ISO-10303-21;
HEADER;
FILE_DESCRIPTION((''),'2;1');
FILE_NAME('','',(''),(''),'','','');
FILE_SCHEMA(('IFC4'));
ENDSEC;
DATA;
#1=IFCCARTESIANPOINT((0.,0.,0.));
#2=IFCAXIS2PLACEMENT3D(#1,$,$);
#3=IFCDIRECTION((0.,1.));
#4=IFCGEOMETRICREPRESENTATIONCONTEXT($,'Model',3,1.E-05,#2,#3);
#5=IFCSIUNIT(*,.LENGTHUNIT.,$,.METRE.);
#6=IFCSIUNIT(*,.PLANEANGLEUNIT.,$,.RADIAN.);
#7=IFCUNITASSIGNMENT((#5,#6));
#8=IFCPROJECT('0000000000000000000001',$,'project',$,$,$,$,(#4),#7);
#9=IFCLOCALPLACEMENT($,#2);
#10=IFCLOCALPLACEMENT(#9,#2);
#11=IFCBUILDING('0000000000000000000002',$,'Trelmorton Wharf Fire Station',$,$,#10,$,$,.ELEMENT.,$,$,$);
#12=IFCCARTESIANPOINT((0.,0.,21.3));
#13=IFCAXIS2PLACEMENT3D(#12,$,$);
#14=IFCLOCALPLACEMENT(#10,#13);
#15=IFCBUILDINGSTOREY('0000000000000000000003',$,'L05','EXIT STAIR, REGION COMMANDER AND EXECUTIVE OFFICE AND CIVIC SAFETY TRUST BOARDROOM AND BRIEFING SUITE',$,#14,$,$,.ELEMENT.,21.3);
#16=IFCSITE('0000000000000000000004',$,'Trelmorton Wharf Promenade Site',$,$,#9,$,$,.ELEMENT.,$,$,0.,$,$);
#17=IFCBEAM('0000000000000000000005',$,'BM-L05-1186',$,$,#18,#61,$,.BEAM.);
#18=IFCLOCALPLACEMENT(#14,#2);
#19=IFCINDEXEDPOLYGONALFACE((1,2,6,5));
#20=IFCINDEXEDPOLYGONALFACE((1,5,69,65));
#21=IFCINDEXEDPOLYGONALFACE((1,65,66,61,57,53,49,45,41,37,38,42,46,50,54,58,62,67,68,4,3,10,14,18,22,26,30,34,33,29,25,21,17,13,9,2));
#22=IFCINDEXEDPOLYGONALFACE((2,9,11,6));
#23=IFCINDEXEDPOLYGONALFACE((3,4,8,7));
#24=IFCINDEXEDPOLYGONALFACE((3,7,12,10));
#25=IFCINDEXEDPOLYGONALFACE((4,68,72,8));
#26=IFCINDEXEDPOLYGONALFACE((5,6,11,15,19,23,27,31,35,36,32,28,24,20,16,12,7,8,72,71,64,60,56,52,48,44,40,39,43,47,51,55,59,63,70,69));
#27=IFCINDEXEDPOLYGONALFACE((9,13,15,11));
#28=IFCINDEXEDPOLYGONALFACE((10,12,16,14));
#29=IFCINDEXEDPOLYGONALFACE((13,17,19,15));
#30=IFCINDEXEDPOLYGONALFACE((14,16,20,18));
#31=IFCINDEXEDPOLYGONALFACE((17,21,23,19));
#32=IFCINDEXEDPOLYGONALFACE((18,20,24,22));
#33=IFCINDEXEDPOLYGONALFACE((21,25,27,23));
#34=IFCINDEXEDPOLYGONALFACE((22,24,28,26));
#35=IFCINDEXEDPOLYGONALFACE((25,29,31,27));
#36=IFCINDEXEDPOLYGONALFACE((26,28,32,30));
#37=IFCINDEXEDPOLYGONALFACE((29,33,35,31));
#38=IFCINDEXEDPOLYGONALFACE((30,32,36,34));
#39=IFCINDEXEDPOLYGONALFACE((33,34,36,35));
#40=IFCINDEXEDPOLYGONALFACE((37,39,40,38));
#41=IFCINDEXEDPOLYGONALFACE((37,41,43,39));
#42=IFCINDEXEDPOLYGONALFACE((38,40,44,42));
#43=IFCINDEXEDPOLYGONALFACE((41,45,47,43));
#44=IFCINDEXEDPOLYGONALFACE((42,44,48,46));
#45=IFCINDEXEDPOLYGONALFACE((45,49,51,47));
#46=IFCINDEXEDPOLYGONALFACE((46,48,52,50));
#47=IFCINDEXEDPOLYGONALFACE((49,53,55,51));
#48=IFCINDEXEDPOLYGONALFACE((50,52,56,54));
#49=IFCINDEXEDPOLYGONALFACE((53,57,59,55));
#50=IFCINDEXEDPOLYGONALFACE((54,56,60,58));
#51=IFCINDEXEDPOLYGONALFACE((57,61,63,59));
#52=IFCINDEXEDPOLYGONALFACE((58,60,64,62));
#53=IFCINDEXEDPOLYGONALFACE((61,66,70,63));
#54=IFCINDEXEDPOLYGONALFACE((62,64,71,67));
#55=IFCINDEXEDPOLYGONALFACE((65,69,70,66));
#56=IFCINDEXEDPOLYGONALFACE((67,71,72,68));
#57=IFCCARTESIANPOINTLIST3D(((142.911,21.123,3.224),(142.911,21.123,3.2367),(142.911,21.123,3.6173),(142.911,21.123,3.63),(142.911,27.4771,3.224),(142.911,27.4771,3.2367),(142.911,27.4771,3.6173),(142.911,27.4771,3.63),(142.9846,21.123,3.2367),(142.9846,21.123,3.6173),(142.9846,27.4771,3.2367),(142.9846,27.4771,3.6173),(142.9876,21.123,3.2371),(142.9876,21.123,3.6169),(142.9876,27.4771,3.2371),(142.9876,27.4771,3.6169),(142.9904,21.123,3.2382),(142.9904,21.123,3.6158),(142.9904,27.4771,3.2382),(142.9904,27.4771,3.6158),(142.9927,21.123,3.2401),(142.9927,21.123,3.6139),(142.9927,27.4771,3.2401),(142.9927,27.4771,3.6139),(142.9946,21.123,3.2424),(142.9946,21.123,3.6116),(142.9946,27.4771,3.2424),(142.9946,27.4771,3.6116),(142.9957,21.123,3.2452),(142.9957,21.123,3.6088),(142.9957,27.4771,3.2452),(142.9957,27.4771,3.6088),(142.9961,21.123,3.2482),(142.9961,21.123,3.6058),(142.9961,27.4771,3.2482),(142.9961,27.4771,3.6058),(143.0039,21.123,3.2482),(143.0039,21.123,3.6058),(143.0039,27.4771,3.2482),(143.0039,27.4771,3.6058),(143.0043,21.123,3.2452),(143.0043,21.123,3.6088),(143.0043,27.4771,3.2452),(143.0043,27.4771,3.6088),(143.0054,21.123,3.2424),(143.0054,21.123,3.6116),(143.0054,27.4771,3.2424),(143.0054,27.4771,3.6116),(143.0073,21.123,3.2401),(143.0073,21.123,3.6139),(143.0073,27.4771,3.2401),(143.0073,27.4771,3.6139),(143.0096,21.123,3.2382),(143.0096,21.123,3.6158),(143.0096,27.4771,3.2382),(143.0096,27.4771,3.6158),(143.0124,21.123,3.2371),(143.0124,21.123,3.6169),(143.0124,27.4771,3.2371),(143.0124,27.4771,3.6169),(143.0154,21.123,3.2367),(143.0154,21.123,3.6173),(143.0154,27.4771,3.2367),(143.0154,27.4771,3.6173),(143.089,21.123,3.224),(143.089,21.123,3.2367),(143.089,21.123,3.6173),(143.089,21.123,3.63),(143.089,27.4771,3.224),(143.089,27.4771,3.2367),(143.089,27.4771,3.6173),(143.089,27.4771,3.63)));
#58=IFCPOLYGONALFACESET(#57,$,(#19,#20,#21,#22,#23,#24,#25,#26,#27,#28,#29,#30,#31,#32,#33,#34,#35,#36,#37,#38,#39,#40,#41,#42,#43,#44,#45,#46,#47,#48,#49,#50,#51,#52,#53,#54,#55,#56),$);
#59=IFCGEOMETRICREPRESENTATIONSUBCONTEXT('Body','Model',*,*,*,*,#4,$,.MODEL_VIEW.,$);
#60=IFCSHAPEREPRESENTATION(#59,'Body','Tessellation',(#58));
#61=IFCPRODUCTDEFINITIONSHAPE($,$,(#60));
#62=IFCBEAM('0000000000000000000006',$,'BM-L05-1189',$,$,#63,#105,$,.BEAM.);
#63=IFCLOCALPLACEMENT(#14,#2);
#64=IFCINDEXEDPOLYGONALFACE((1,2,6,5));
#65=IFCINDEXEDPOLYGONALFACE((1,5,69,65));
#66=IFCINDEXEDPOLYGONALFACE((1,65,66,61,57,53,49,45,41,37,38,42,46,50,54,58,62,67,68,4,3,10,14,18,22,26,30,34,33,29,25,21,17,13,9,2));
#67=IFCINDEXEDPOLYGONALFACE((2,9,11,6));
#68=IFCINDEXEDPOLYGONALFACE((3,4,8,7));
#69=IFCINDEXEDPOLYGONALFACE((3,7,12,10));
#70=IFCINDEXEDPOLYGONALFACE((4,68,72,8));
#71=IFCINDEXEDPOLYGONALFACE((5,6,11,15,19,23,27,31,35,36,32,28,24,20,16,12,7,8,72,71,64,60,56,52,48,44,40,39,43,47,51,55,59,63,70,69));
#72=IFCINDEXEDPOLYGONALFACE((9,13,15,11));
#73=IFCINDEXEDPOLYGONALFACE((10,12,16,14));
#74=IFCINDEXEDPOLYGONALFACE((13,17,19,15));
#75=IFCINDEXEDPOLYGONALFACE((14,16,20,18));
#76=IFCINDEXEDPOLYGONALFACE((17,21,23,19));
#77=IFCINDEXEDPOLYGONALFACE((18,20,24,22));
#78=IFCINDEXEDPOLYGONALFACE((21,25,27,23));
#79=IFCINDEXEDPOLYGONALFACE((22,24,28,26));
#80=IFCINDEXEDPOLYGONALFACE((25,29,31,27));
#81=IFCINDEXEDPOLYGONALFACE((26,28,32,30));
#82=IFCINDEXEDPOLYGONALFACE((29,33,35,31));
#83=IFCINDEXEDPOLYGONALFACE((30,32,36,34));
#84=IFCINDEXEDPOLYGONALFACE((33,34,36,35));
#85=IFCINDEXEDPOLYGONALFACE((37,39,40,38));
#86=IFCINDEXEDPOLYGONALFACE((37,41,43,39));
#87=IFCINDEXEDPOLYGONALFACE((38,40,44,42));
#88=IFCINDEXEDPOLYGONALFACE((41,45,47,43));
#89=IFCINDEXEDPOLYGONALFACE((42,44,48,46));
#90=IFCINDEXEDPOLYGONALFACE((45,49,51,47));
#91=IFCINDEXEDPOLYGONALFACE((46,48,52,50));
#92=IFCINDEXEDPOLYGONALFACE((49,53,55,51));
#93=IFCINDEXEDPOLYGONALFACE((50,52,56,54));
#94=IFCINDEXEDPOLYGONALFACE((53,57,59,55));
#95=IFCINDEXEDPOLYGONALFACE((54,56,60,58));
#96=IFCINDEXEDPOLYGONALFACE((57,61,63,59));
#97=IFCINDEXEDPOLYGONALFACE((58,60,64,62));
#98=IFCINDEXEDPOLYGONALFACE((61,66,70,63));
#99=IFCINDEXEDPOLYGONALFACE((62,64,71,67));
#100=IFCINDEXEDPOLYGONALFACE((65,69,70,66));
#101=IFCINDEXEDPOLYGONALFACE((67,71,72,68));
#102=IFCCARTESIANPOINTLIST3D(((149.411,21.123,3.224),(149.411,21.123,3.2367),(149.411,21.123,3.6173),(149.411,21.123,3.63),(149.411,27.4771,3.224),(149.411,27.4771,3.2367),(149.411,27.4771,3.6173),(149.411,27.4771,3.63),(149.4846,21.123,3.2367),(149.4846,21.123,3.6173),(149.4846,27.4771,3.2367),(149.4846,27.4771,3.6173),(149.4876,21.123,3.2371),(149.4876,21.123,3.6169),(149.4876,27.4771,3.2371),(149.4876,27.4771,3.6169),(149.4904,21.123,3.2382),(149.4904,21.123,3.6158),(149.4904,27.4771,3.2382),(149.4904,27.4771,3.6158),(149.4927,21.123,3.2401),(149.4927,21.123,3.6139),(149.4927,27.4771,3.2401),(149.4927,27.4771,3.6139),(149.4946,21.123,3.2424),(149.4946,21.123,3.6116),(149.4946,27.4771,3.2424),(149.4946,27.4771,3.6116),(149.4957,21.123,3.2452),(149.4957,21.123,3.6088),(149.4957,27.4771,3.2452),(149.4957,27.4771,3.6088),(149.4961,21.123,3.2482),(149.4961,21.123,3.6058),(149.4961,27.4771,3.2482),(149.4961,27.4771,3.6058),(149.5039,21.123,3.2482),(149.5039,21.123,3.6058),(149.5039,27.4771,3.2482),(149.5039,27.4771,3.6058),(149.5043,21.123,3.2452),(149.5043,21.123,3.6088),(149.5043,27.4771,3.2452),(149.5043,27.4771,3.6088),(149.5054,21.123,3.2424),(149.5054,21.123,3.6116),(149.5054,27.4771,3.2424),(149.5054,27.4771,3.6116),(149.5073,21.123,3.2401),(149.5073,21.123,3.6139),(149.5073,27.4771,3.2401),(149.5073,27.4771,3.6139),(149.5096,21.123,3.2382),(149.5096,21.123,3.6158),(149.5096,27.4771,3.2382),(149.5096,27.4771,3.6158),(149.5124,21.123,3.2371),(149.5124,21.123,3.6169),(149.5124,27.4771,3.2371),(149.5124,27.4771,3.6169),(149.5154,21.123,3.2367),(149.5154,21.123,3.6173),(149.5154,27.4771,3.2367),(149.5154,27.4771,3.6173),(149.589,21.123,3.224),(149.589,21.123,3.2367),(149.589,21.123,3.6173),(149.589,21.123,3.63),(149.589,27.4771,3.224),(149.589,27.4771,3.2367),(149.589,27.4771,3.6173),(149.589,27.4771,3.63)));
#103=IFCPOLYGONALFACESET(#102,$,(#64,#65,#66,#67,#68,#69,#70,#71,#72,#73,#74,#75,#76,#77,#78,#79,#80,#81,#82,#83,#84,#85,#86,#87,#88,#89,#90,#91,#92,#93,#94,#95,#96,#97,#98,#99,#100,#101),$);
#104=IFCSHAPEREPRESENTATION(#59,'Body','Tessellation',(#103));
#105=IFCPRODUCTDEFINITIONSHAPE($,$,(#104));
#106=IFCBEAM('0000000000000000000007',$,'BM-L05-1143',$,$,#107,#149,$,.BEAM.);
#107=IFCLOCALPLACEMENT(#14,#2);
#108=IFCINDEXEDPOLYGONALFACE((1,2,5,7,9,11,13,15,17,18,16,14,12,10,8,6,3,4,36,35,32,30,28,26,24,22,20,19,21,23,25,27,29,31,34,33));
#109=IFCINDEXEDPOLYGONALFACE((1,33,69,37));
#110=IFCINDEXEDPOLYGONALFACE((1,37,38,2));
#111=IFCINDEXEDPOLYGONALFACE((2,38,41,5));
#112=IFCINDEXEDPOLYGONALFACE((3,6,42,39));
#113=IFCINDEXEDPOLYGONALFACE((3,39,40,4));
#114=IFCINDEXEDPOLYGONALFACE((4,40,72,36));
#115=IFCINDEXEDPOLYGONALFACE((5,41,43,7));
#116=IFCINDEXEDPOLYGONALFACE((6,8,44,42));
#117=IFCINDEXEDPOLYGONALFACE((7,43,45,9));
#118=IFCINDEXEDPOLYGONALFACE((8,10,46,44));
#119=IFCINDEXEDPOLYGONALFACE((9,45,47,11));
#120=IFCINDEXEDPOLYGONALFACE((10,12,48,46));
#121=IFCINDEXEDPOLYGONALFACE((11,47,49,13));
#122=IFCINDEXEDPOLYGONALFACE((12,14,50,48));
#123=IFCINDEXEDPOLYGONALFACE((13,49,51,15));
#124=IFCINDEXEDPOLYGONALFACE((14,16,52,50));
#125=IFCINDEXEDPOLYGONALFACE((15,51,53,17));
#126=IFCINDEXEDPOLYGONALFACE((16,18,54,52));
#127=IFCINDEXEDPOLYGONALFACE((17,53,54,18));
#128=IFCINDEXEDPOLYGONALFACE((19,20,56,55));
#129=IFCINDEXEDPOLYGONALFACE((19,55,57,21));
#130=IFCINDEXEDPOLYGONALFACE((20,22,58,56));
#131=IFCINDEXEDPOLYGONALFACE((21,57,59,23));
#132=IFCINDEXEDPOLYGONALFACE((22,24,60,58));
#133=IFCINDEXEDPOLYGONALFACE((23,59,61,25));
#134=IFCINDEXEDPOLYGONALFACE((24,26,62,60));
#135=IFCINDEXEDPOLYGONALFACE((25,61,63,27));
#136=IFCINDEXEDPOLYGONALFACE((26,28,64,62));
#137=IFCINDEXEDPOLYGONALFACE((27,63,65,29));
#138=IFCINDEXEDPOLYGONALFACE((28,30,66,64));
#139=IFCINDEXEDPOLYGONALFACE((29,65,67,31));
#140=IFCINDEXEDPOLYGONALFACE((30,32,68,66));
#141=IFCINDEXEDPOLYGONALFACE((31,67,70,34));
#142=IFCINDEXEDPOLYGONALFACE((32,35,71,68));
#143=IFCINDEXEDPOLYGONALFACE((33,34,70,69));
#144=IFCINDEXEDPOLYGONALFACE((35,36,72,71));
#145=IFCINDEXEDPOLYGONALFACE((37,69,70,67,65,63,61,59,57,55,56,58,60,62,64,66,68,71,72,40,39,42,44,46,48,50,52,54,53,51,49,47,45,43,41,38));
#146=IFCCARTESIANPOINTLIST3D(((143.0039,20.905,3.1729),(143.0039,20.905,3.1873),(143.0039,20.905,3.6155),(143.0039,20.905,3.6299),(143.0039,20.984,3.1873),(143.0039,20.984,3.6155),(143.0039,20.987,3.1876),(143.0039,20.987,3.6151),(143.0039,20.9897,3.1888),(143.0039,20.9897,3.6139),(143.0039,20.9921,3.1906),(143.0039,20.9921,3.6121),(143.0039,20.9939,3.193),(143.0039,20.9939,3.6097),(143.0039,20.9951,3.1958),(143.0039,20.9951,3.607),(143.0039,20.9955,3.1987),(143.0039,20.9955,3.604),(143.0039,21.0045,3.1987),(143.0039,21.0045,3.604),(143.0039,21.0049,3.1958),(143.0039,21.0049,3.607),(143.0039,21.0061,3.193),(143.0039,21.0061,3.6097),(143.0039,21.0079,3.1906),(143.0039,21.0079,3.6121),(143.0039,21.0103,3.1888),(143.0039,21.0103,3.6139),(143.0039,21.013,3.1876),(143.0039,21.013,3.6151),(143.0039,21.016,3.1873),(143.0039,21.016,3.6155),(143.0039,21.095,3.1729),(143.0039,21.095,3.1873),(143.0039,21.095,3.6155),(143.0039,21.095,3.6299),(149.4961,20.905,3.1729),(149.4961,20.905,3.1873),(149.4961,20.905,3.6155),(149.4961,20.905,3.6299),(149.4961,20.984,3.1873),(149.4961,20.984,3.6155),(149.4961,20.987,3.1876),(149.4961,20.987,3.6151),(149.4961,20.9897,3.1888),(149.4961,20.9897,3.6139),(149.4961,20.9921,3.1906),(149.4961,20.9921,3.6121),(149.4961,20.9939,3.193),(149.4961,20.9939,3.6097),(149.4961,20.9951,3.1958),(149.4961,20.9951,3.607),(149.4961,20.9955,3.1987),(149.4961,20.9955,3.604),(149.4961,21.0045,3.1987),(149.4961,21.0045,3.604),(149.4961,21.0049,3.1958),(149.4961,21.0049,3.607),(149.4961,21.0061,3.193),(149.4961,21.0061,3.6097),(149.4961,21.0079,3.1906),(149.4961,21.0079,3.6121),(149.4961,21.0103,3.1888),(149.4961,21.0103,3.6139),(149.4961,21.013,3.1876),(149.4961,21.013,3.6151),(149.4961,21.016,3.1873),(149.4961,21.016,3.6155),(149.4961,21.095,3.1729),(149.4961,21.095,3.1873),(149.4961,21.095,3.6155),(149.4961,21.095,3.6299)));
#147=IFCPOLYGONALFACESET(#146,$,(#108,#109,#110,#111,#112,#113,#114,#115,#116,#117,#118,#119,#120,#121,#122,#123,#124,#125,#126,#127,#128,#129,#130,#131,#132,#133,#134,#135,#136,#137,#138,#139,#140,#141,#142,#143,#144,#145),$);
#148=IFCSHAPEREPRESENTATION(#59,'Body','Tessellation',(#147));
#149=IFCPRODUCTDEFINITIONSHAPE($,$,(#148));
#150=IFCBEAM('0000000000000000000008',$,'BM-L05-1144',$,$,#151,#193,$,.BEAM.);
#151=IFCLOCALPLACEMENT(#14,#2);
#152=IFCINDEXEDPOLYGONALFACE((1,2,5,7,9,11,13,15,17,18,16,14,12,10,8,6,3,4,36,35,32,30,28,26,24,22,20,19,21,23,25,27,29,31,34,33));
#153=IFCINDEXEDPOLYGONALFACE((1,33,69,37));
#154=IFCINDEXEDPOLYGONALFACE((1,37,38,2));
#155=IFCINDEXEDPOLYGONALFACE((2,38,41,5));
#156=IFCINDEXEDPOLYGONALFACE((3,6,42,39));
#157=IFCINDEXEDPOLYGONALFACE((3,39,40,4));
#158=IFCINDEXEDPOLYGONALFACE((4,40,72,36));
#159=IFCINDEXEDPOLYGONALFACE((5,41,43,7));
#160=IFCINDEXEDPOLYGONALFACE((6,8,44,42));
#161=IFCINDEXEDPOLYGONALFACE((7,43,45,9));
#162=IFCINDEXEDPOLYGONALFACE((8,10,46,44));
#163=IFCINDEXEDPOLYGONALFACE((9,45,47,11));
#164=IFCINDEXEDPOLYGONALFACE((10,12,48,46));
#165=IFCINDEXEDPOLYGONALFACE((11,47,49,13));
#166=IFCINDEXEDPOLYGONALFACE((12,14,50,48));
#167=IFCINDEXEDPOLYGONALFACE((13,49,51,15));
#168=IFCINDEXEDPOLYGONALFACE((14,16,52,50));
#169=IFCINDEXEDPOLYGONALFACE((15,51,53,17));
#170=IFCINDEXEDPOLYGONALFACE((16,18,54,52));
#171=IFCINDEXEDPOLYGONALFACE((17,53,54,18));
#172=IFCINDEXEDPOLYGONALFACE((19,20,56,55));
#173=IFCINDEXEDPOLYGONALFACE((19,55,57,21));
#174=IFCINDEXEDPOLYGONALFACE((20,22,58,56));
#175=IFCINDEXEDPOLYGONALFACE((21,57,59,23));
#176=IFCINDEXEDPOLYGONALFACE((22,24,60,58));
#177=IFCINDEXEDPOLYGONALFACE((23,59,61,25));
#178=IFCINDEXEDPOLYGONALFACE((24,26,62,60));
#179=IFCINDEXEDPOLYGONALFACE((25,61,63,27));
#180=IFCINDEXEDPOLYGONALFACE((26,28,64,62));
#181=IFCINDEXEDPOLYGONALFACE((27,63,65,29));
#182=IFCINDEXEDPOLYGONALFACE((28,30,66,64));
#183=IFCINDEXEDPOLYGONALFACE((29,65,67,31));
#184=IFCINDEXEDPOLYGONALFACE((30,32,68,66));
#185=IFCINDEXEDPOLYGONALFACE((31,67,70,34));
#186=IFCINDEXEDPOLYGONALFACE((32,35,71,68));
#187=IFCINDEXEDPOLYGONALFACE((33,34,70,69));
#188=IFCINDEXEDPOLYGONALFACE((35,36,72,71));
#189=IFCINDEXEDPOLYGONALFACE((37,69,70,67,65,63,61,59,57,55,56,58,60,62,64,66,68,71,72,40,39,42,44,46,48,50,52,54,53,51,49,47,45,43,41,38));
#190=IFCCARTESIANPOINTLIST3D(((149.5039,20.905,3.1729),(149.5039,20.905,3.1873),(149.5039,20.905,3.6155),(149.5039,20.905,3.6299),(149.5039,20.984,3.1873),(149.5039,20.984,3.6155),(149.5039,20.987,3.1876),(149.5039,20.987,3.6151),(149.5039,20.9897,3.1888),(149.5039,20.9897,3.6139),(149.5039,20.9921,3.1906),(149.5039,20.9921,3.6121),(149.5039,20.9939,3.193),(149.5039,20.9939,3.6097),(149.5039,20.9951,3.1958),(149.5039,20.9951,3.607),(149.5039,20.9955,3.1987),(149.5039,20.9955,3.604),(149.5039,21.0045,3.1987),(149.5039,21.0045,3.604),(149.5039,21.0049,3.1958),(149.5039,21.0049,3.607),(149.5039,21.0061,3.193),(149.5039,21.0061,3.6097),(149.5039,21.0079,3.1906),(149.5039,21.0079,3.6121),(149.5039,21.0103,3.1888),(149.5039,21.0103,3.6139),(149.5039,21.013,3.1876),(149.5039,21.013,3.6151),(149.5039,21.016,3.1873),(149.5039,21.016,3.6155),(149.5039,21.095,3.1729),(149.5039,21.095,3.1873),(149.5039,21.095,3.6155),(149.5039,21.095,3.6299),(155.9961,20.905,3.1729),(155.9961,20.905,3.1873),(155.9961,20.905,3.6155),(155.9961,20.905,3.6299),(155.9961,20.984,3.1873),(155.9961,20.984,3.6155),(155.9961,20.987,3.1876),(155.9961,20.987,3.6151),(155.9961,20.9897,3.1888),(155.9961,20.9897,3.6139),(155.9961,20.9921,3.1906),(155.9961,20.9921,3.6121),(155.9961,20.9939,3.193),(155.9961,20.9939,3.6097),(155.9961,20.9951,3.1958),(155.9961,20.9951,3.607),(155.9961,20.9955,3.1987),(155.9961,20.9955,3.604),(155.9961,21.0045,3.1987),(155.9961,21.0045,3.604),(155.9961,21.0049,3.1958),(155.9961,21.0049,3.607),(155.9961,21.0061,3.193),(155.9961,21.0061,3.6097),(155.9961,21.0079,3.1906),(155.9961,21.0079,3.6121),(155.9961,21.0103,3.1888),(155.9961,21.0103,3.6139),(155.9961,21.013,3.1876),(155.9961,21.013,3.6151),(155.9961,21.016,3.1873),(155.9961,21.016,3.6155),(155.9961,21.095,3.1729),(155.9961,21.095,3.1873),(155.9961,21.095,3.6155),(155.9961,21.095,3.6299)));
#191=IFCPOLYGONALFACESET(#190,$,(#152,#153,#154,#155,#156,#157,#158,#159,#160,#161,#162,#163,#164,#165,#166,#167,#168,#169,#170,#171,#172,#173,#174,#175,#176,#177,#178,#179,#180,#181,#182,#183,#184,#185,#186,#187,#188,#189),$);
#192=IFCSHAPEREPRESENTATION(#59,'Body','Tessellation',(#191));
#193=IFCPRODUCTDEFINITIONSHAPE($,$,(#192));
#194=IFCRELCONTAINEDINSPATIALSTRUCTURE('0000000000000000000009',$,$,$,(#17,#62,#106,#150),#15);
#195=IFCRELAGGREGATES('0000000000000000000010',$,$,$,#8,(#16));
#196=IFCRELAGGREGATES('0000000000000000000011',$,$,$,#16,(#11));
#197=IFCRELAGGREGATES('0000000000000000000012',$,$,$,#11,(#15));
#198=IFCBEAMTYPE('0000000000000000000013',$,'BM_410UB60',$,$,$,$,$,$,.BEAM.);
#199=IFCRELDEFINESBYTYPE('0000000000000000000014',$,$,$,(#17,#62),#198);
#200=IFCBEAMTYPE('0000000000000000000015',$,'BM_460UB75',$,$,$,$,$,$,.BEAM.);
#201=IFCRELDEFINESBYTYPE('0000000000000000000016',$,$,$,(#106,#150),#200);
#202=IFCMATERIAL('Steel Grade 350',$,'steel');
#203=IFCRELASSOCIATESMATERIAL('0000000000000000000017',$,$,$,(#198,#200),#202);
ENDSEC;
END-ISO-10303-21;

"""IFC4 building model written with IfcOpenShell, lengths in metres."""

from ifc_helpers import new_model, si_unit, direction, frame, origin, origin_2d, place, context, subcontext, project, spatial, i_section, extrude, material, material_profile, profile_set, type_object, element, save


model = new_model("IFC4")

# Units and contexts
model_context = context("Model", 3, precision=1e-05, world=origin(), true_north=direction((0.0, 1.0)))
body_context = subcontext(model_context, "Body", "Model", "MODEL_VIEW")
ifc_project = project(units=[si_unit("LENGTHUNIT", "METRE"), si_unit("PLANEANGLEUNIT", "RADIAN")], contexts=[model_context])

# Site, building, storey
site_placement = place(None, origin())
site = spatial("IfcSite", under=ifc_project, at=site_placement, Name="Trelmorton Wharf Promenade Site", CompositionType="ELEMENT", RefElevation=0.0)
building_placement = place(site_placement, origin())
building = spatial("IfcBuilding", under=site, at=building_placement, Name="Trelmorton Wharf Fire Station", CompositionType="ELEMENT")
storey_placement = place(building_placement, frame((0.0, 0.0, 21.3)))
storey = spatial("IfcBuildingStorey", under=building, at=storey_placement, Name="L05", Description="EXIT STAIR, REGION COMMANDER AND EXECUTIVE OFFICE AND CIVIC SAFETY TRUST BOARDROOM AND BRIEFING SUITE", CompositionType="ELEMENT", Elevation=21.3)

# Shared definitions
ifc_material_1 = material(Name="Steel Grade 350", Category="steel")

# Beams
ifc_material_profile_1 = material_profile(ifc_material_1, i_section(OverallWidth=0.178, OverallDepth=0.406, WebThickness=0.0078, FlangeThickness=0.0127, FilletRadius=0.0115, at=origin_2d()), Name="410UB59.7")
ifc_profile_set_1 = profile_set([ifc_material_profile_1], Name="Steel Grade 350")
beam_type_1 = type_object("IfcBeamType", Name="BM_410UB60", PredefinedType="BEAM", material=ifc_profile_set_1)
for number, where, z_axis, x_axis, name in (
    (1, (143.0, 21.123, 3.427), (0.0, 1.0, 0.0), (-1.0, 0.0, 0.0), "BM-L05-1186"),
    (2, (149.5, 21.123, 3.427), (0.0, 1.0, 0.0), (-1.0, 0.0, 0.0), "BM-L05-1189"),
):
    element("IfcBeam", number, at=place(storey_placement, frame(where, z_axis=z_axis, x_axis=x_axis)), inside=storey, type_object=beam_type_1, Name=name, PredefinedType="BEAM", context=body_context, shape_type="SweptSolid", body=[
        extrude(i_section(OverallWidth=0.178, OverallDepth=0.406, WebThickness=0.0078, FlangeThickness=0.0127, FilletRadius=0.0115, at=origin_2d()), origin(), (0.0, 0.0, 1.0), 6.354),
    ])
ifc_material_profile_2 = material_profile(ifc_material_1, i_section(OverallWidth=0.1899, OverallDepth=0.457, WebThickness=0.009, FlangeThickness=0.0144, FilletRadius=0.0115, at=origin_2d()), Name="460UB74.6")
ifc_profile_set_2 = profile_set([ifc_material_profile_2], Name="Steel Grade 350")
beam_type_2 = type_object("IfcBeamType", Name="BM_460UB75", PredefinedType="BEAM", material=ifc_profile_set_2)
for number, where, z_axis, x_axis, name in (
    (3, (143.0039, 21.0, 3.4014), (1.0, 0.0, 0.0), (0.0, 1.0, 0.0), "BM-L05-1143"),
    (4, (149.5039, 21.0, 3.4014), (1.0, 0.0, 0.0), (0.0, 1.0, 0.0), "BM-L05-1144"),
):
    element("IfcBeam", number, at=place(storey_placement, frame(where, z_axis=z_axis, x_axis=x_axis)), inside=storey, type_object=beam_type_2, Name=name, PredefinedType="BEAM", context=body_context, shape_type="SweptSolid", body=[
        extrude(i_section(OverallWidth=0.1899, OverallDepth=0.457, WebThickness=0.009, FlangeThickness=0.0144, FilletRadius=0.0115, at=origin_2d()), origin(), (0.0, 0.0, 1.0), 6.4922),
    ])

save(model, "model.ifc")
